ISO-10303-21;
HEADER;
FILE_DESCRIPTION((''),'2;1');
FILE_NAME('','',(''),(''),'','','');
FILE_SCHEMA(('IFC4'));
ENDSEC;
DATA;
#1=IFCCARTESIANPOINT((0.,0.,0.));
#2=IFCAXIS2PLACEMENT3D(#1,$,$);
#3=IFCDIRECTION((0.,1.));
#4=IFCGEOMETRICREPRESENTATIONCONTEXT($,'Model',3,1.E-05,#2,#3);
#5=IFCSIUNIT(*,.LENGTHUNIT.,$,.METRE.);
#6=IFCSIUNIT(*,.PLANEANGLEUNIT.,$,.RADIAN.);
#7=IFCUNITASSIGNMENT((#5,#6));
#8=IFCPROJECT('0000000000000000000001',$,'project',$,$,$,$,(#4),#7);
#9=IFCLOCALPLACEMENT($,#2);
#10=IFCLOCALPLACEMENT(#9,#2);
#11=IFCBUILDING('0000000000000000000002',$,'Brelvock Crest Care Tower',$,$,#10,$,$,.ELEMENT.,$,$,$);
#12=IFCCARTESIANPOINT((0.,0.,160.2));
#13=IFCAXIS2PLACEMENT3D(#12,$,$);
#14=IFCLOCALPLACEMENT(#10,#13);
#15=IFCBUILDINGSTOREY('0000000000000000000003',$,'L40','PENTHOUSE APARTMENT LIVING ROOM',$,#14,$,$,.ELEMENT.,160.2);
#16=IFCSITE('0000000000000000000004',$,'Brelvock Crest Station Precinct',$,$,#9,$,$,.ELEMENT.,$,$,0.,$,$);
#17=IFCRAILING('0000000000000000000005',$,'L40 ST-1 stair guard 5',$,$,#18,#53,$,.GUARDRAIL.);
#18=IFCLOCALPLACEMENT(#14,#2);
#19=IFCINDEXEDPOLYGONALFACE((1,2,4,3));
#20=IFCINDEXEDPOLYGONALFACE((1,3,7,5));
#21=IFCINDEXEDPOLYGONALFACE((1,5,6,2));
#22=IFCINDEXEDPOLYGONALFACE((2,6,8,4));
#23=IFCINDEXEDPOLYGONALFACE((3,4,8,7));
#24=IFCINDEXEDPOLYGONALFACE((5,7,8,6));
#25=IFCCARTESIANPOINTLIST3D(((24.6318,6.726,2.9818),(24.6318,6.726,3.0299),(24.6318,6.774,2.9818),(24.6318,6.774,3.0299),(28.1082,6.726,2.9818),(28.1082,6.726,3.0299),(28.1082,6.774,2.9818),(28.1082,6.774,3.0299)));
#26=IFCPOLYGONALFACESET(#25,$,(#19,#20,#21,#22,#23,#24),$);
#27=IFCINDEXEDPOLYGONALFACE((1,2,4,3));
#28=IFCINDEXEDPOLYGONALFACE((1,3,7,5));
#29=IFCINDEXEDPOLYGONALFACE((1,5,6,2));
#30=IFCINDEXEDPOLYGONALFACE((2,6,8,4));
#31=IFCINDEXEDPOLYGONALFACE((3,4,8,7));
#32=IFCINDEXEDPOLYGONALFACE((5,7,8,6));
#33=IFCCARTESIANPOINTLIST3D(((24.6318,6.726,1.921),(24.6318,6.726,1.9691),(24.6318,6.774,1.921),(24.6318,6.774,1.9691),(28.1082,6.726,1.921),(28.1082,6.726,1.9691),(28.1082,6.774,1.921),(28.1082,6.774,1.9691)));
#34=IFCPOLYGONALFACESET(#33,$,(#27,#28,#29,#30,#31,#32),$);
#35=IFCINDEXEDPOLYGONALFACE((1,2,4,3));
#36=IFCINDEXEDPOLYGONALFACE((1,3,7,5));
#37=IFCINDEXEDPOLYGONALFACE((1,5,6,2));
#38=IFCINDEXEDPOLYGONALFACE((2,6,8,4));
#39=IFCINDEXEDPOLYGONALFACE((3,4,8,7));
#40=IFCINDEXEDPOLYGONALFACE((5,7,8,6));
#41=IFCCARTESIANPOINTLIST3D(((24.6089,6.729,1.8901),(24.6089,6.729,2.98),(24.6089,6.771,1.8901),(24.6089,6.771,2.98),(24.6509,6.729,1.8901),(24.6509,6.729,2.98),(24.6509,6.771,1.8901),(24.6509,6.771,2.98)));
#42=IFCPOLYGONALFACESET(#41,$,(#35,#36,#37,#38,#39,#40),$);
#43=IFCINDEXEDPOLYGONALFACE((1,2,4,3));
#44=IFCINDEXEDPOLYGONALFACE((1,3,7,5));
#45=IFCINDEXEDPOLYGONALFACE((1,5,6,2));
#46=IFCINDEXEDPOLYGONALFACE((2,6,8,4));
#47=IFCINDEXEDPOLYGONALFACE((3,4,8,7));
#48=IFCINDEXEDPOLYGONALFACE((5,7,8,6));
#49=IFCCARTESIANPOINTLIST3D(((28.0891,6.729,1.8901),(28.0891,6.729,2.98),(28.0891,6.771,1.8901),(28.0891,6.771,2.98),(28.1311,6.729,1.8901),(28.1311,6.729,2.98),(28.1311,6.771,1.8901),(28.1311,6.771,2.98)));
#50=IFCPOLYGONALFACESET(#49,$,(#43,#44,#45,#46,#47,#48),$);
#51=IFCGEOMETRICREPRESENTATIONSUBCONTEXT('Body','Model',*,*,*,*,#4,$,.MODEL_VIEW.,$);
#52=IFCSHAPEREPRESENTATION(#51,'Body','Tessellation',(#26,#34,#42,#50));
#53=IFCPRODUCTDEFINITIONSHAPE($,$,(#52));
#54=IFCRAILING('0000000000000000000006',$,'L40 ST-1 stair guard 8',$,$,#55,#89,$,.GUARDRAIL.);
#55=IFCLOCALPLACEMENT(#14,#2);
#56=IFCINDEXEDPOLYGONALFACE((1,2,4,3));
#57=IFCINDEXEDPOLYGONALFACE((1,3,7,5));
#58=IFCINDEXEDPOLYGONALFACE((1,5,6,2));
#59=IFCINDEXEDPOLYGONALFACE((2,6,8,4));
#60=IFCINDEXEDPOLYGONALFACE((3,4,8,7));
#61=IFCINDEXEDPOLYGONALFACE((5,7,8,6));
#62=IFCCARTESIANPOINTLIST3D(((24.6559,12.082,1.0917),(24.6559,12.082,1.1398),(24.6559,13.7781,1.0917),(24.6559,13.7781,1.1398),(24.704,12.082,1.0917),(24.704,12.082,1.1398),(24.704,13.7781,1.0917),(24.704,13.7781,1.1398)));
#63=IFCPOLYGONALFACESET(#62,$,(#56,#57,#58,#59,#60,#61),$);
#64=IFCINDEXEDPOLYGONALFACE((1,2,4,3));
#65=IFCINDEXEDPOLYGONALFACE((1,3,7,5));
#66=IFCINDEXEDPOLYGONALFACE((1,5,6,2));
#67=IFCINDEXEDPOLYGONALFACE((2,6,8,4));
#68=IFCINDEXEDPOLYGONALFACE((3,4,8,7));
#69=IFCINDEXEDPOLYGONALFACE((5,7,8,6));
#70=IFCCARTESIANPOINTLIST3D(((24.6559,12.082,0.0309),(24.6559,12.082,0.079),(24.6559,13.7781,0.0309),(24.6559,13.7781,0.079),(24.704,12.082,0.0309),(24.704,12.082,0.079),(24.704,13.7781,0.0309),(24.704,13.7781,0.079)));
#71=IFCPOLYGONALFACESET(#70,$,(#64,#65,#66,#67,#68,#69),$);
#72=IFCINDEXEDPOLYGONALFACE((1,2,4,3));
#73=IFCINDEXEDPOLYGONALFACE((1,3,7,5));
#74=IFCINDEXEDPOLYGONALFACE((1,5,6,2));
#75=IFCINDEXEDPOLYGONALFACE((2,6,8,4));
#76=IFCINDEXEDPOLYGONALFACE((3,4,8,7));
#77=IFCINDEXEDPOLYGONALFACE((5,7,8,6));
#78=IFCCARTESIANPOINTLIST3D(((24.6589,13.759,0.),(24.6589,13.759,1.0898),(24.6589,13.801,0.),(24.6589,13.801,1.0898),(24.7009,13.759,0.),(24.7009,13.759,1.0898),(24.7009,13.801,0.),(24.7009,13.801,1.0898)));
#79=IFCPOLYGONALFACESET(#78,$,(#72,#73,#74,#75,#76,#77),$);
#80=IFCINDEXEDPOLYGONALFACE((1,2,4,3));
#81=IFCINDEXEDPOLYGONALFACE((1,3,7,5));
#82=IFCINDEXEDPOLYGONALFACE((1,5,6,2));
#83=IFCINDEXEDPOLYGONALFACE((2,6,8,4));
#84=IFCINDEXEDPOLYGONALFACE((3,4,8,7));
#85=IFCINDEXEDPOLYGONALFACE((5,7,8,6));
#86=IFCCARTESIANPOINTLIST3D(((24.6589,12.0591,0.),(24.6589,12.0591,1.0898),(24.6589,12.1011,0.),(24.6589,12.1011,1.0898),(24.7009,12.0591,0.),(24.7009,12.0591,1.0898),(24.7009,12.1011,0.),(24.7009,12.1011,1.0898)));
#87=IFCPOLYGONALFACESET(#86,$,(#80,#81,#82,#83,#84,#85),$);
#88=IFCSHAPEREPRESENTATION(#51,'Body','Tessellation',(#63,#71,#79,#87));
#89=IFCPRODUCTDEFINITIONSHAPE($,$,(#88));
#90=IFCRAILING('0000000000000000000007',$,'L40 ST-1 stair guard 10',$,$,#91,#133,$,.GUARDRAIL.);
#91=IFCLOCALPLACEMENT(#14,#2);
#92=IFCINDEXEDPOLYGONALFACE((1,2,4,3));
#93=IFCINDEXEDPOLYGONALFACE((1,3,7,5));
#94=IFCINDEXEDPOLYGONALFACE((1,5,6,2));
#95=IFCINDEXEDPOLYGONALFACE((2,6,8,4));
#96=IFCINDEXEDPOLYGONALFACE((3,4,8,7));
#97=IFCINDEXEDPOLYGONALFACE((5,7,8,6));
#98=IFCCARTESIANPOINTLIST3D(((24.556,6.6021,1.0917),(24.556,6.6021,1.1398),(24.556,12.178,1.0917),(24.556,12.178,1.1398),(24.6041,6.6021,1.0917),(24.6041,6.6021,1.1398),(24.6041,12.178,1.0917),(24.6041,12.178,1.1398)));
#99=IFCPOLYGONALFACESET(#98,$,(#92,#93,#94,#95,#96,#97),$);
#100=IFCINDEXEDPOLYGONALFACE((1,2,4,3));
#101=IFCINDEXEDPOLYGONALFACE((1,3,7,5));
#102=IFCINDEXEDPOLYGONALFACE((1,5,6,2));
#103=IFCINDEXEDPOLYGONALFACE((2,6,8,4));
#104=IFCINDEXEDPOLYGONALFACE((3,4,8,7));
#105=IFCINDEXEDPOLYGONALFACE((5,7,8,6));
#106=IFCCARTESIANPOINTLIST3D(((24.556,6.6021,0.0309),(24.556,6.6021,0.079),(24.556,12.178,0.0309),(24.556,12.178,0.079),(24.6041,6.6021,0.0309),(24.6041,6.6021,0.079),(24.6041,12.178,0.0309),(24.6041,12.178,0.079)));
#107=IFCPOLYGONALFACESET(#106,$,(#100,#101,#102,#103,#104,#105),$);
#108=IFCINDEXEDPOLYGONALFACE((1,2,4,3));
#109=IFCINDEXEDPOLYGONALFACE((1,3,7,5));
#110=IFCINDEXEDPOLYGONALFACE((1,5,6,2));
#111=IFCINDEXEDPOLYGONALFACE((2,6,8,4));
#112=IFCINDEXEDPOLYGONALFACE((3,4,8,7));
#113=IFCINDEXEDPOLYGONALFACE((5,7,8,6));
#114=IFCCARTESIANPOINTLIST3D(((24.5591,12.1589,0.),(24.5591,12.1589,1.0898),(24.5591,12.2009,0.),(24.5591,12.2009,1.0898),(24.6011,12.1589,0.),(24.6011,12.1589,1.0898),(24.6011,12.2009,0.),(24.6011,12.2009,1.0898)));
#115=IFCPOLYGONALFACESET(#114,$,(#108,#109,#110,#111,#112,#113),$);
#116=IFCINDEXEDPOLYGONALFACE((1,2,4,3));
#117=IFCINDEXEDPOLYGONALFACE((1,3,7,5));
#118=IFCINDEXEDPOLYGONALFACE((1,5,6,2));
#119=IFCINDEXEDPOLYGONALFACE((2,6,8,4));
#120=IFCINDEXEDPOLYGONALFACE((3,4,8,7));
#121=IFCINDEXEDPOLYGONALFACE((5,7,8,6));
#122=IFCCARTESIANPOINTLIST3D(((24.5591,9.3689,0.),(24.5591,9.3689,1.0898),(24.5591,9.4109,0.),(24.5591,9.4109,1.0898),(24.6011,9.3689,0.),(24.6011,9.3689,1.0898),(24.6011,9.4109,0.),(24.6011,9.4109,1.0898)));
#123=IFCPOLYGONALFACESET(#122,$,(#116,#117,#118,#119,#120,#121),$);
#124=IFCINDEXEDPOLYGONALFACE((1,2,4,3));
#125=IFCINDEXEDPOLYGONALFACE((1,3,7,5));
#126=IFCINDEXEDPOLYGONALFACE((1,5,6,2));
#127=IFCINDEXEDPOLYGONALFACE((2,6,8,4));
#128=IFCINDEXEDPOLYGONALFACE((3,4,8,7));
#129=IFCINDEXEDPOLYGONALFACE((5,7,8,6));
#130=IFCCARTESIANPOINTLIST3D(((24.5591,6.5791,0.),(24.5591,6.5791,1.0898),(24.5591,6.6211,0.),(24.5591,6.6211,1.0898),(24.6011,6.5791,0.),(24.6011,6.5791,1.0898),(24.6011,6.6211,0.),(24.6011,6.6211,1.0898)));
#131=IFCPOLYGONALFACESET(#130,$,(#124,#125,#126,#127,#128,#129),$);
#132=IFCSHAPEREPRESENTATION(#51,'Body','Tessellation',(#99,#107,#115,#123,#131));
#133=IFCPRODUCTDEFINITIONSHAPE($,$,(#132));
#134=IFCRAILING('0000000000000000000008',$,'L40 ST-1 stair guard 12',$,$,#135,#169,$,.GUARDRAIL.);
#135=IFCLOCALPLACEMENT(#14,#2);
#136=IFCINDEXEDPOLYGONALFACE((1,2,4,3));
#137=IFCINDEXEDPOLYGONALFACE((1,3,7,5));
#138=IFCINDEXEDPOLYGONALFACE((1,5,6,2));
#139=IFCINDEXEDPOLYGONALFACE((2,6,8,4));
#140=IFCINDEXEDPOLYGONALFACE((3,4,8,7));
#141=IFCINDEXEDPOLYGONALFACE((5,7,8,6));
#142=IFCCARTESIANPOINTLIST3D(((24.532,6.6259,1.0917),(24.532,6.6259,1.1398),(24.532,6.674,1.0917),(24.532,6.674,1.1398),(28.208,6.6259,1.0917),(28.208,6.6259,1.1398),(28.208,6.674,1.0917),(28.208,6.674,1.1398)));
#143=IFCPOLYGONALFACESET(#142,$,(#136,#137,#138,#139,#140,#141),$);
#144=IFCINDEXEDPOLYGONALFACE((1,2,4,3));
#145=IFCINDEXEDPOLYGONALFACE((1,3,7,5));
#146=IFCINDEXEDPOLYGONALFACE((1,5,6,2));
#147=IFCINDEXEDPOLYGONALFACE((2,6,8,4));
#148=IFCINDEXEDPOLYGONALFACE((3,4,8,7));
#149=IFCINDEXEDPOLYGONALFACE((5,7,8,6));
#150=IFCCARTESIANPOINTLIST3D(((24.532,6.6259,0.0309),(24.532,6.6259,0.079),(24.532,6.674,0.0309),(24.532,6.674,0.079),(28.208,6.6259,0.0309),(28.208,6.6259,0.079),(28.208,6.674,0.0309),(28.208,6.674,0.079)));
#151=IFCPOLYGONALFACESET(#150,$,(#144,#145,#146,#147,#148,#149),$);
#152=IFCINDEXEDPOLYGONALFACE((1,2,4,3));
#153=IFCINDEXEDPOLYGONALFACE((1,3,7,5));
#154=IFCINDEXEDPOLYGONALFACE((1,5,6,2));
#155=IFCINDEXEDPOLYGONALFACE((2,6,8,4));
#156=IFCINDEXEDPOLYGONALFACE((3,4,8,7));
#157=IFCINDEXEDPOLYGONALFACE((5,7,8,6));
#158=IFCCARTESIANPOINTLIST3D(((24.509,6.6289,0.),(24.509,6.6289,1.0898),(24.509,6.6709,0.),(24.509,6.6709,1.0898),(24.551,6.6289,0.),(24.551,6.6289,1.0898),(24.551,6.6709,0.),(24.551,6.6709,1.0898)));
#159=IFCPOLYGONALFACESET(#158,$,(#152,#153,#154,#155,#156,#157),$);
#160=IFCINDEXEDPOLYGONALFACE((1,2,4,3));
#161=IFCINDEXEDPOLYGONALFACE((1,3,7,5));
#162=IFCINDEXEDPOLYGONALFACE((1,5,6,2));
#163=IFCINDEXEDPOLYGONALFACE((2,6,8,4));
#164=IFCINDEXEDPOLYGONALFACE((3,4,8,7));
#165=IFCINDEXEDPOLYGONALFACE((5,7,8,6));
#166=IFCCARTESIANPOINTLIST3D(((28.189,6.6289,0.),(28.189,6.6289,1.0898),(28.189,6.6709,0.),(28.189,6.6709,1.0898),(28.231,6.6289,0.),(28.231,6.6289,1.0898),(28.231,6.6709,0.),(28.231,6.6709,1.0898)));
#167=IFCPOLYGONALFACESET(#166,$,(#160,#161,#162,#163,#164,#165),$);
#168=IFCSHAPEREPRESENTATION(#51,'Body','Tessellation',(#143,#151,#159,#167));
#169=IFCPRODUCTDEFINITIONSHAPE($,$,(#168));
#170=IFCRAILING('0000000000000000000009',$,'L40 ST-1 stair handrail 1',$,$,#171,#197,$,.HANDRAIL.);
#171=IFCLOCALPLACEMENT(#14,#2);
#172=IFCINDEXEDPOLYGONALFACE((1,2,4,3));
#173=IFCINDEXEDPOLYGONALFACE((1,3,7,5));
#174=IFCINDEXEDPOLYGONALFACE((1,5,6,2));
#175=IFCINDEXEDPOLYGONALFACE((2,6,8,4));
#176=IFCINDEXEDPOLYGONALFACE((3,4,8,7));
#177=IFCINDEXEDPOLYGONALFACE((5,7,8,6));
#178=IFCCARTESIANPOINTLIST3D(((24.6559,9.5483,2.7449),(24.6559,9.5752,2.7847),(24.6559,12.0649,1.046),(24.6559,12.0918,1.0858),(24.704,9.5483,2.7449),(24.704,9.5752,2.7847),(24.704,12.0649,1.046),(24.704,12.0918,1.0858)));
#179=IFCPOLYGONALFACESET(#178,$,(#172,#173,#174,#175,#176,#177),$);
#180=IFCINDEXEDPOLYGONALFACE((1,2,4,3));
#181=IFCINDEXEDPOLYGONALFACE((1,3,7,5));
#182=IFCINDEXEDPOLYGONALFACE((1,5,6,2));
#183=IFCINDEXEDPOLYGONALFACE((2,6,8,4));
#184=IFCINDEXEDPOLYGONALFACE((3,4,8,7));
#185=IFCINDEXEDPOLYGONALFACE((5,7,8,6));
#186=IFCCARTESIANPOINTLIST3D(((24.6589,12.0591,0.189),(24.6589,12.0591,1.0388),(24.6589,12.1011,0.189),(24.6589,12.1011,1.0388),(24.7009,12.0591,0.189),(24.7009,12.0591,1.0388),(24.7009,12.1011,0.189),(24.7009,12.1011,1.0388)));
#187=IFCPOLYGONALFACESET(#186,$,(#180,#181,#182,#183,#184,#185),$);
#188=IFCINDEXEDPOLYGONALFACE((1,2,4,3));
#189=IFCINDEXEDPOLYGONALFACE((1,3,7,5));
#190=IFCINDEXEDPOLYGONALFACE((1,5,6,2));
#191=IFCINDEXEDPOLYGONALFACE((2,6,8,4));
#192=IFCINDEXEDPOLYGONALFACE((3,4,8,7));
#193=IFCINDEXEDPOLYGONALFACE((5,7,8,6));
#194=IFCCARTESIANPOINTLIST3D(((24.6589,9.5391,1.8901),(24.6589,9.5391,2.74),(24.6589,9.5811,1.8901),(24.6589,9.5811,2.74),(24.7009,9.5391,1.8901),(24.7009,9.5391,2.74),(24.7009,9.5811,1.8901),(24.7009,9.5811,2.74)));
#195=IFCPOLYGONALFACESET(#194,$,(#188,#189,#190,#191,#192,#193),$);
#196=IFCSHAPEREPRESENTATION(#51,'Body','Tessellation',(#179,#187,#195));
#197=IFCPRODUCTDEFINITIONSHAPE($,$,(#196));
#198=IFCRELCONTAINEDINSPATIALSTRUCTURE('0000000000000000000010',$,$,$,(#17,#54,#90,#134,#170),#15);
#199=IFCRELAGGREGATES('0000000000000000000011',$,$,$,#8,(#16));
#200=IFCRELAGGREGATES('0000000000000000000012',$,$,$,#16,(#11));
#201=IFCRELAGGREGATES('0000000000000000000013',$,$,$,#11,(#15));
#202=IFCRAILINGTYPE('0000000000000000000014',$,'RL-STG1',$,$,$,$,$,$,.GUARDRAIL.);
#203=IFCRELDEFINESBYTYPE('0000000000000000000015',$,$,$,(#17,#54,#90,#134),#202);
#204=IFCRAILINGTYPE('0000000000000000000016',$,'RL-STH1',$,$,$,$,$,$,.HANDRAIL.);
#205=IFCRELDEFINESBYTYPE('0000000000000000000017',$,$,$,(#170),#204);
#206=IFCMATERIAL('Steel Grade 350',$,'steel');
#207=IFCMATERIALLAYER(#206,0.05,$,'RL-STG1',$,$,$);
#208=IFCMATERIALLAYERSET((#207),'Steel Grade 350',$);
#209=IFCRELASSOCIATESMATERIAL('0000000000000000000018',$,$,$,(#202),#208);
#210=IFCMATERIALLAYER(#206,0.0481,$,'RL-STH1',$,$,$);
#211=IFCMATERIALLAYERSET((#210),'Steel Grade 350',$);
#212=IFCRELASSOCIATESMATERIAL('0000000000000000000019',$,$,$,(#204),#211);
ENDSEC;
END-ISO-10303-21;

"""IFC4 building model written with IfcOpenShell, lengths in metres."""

from ifc_helpers import new_model, si_unit, direction, frame, origin, origin_2d, place, context, subcontext, project, spatial, rectangle, extrude, material, layer, layer_set, type_object, element, save


model = new_model("IFC4")

# Units and contexts
model_context = context("Model", 3, precision=1e-05, world=origin(), true_north=direction((0.0, 1.0)))
body_context = subcontext(model_context, "Body", "Model", "MODEL_VIEW")
ifc_project = project(units=[si_unit("LENGTHUNIT", "METRE"), si_unit("PLANEANGLEUNIT", "RADIAN")], contexts=[model_context])

# Site, building, storey
site_placement = place(None, origin())
site = spatial("IfcSite", under=ifc_project, at=site_placement, Name="Brelvock Crest Station Precinct", CompositionType="ELEMENT", RefElevation=0.0)
building_placement = place(site_placement, origin())
building = spatial("IfcBuilding", under=site, at=building_placement, Name="Brelvock Crest Care Tower", CompositionType="ELEMENT")
storey_placement = place(building_placement, frame((0.0, 0.0, 160.2)))
storey = spatial("IfcBuildingStorey", under=building, at=storey_placement, Name="L40", Description="PENTHOUSE APARTMENT LIVING ROOM", CompositionType="ELEMENT", Elevation=160.2)

# Shared definitions
ifc_material_1 = material(Name="Steel Grade 350", Category="steel")

# Railings
ifc_layer_1 = layer(ifc_material_1, 0.05, Name="RL-STG1")
ifc_layer_set_1 = layer_set([ifc_layer_1], Name="Steel Grade 350")
railing_type_1 = type_object("IfcRailingType", Name="RL-STG1", PredefinedType="GUARDRAIL", material=ifc_layer_set_1)
railing_1_placement = place(storey_placement, frame((24.6299, 6.75, 1.8901)))
element("IfcRailing", 1, at=railing_1_placement, inside=storey, type_object=railing_type_1, Name="L40 ST-1 stair guard 5", PredefinedType="GUARDRAIL", context=body_context, shape_type="SweptSolid", body=[
    extrude(rectangle(XDim=0.0481, YDim=0.0481, at=origin_2d()), frame((0.002, 0.0, 1.1157), z_axis=(1.0, 0.0, 0.0), x_axis=(0.0, 1.0, 0.0)), (0.0, 0.0, 1.0), 3.4763),
    extrude(rectangle(XDim=0.0481, YDim=0.0481, at=origin_2d()), frame((0.002, 0.0, 0.0549), z_axis=(1.0, 0.0, 0.0), x_axis=(0.0, 1.0, 0.0)), (0.0, 0.0, 1.0), 3.4763),
    extrude(rectangle(XDim=0.042, YDim=0.042, at=origin_2d()), origin(), (0.0, 0.0, 1.0), 1.0898),
    extrude(rectangle(XDim=0.042, YDim=0.042, at=origin_2d()), frame((3.4802, 0.0, 0.0)), (0.0, 0.0, 1.0), 1.0898),
])
railing_2_placement = place(storey_placement, frame((24.6799, 13.78, 0.0)))
element("IfcRailing", 2, at=railing_2_placement, inside=storey, type_object=railing_type_1, Name="L40 ST-1 stair guard 8", PredefinedType="GUARDRAIL", context=body_context, shape_type="SweptSolid", body=[
    extrude(rectangle(XDim=0.0481, YDim=0.0481, at=origin_2d()), frame((0.0, -0.002, 1.1157), z_axis=(0.0, -1.0, 0.0), x_axis=(1.0, 0.0, 0.0)), (0.0, 0.0, 1.0), 1.696),
    extrude(rectangle(XDim=0.0481, YDim=0.0481, at=origin_2d()), frame((0.0, -0.002, 0.0549), z_axis=(0.0, -1.0, 0.0), x_axis=(1.0, 0.0, 0.0)), (0.0, 0.0, 1.0), 1.696),
    extrude(rectangle(XDim=0.042, YDim=0.042, at=origin_2d()), origin(), (0.0, 0.0, 1.0), 1.0898),
    extrude(rectangle(XDim=0.042, YDim=0.042, at=origin_2d()), frame((0.0, -1.7, 0.0)), (0.0, 0.0, 1.0), 1.0898),
])
railing_3_placement = place(storey_placement, frame((24.5801, 12.1799, 0.0)))
element("IfcRailing", 3, at=railing_3_placement, inside=storey, type_object=railing_type_1, Name="L40 ST-1 stair guard 10", PredefinedType="GUARDRAIL", context=body_context, shape_type="SweptSolid", body=[
    extrude(rectangle(XDim=0.0481, YDim=0.0481, at=origin_2d()), frame((0.0, -0.002, 1.1157), z_axis=(0.0, -1.0, 0.0), x_axis=(1.0, 0.0, 0.0)), (0.0, 0.0, 1.0), 5.5759),
    extrude(rectangle(XDim=0.0481, YDim=0.0481, at=origin_2d()), frame((0.0, -0.002, 0.0549), z_axis=(0.0, -1.0, 0.0), x_axis=(1.0, 0.0, 0.0)), (0.0, 0.0, 1.0), 5.5759),
    extrude(rectangle(XDim=0.042, YDim=0.042, at=origin_2d()), origin(), (0.0, 0.0, 1.0), 1.0898),
    extrude(rectangle(XDim=0.042, YDim=0.042, at=origin_2d()), frame((0.0, -2.79, 0.0)), (0.0, 0.0, 1.0), 1.0898),
    extrude(rectangle(XDim=0.042, YDim=0.042, at=origin_2d()), frame((0.0, -5.5798, 0.0)), (0.0, 0.0, 1.0), 1.0898),
])
railing_4_placement = place(storey_placement, frame((24.53, 6.6499, 0.0)))
element("IfcRailing", 4, at=railing_4_placement, inside=storey, type_object=railing_type_1, Name="L40 ST-1 stair guard 12", PredefinedType="GUARDRAIL", context=body_context, shape_type="SweptSolid", body=[
    extrude(rectangle(XDim=0.0481, YDim=0.0481, at=origin_2d()), frame((0.002, 0.0, 1.1157), z_axis=(1.0, 0.0, 0.0), x_axis=(0.0, 1.0, 0.0)), (0.0, 0.0, 1.0), 3.676),
    extrude(rectangle(XDim=0.0481, YDim=0.0481, at=origin_2d()), frame((0.002, 0.0, 0.0549), z_axis=(1.0, 0.0, 0.0), x_axis=(0.0, 1.0, 0.0)), (0.0, 0.0, 1.0), 3.676),
    extrude(rectangle(XDim=0.042, YDim=0.042, at=origin_2d()), origin(), (0.0, 0.0, 1.0), 1.0898),
    extrude(rectangle(XDim=0.042, YDim=0.042, at=origin_2d()), frame((3.6799, 0.0, 0.0)), (0.0, 0.0, 1.0), 1.0898),
])
ifc_layer_2 = layer(ifc_material_1, 0.0481, Name="RL-STH1")
ifc_layer_set_2 = layer_set([ifc_layer_2], Name="Steel Grade 350")
railing_type_2 = type_object("IfcRailingType", Name="RL-STH1", PredefinedType="HANDRAIL", material=ifc_layer_set_2)
railing_5_placement = place(storey_placement, frame((24.6799, 12.0801, 0.189)))
element("IfcRailing", 5, at=railing_5_placement, inside=storey, type_object=railing_type_2, Name="L40 ST-1 stair handrail 1", PredefinedType="HANDRAIL", context=body_context, shape_type="SweptSolid", body=[
    extrude(rectangle(XDim=0.0481, YDim=0.0481, at=origin_2d()), frame((0.0, -0.0017, 0.877), z_axis=(0.0, -0.828824, 0.559509), x_axis=(1.0, 0.0, 0.0)), (0.0, 0.0, 1.0), 3.0364),
    extrude(rectangle(XDim=0.042, YDim=0.042, at=origin_2d()), origin(), (0.0, 0.0, 1.0), 0.8499),
    extrude(rectangle(XDim=0.042, YDim=0.042, at=origin_2d()), frame((0.0, -2.52, 1.7012)), (0.0, 0.0, 1.0), 0.8499),
])

save(model, "model.ifc")
